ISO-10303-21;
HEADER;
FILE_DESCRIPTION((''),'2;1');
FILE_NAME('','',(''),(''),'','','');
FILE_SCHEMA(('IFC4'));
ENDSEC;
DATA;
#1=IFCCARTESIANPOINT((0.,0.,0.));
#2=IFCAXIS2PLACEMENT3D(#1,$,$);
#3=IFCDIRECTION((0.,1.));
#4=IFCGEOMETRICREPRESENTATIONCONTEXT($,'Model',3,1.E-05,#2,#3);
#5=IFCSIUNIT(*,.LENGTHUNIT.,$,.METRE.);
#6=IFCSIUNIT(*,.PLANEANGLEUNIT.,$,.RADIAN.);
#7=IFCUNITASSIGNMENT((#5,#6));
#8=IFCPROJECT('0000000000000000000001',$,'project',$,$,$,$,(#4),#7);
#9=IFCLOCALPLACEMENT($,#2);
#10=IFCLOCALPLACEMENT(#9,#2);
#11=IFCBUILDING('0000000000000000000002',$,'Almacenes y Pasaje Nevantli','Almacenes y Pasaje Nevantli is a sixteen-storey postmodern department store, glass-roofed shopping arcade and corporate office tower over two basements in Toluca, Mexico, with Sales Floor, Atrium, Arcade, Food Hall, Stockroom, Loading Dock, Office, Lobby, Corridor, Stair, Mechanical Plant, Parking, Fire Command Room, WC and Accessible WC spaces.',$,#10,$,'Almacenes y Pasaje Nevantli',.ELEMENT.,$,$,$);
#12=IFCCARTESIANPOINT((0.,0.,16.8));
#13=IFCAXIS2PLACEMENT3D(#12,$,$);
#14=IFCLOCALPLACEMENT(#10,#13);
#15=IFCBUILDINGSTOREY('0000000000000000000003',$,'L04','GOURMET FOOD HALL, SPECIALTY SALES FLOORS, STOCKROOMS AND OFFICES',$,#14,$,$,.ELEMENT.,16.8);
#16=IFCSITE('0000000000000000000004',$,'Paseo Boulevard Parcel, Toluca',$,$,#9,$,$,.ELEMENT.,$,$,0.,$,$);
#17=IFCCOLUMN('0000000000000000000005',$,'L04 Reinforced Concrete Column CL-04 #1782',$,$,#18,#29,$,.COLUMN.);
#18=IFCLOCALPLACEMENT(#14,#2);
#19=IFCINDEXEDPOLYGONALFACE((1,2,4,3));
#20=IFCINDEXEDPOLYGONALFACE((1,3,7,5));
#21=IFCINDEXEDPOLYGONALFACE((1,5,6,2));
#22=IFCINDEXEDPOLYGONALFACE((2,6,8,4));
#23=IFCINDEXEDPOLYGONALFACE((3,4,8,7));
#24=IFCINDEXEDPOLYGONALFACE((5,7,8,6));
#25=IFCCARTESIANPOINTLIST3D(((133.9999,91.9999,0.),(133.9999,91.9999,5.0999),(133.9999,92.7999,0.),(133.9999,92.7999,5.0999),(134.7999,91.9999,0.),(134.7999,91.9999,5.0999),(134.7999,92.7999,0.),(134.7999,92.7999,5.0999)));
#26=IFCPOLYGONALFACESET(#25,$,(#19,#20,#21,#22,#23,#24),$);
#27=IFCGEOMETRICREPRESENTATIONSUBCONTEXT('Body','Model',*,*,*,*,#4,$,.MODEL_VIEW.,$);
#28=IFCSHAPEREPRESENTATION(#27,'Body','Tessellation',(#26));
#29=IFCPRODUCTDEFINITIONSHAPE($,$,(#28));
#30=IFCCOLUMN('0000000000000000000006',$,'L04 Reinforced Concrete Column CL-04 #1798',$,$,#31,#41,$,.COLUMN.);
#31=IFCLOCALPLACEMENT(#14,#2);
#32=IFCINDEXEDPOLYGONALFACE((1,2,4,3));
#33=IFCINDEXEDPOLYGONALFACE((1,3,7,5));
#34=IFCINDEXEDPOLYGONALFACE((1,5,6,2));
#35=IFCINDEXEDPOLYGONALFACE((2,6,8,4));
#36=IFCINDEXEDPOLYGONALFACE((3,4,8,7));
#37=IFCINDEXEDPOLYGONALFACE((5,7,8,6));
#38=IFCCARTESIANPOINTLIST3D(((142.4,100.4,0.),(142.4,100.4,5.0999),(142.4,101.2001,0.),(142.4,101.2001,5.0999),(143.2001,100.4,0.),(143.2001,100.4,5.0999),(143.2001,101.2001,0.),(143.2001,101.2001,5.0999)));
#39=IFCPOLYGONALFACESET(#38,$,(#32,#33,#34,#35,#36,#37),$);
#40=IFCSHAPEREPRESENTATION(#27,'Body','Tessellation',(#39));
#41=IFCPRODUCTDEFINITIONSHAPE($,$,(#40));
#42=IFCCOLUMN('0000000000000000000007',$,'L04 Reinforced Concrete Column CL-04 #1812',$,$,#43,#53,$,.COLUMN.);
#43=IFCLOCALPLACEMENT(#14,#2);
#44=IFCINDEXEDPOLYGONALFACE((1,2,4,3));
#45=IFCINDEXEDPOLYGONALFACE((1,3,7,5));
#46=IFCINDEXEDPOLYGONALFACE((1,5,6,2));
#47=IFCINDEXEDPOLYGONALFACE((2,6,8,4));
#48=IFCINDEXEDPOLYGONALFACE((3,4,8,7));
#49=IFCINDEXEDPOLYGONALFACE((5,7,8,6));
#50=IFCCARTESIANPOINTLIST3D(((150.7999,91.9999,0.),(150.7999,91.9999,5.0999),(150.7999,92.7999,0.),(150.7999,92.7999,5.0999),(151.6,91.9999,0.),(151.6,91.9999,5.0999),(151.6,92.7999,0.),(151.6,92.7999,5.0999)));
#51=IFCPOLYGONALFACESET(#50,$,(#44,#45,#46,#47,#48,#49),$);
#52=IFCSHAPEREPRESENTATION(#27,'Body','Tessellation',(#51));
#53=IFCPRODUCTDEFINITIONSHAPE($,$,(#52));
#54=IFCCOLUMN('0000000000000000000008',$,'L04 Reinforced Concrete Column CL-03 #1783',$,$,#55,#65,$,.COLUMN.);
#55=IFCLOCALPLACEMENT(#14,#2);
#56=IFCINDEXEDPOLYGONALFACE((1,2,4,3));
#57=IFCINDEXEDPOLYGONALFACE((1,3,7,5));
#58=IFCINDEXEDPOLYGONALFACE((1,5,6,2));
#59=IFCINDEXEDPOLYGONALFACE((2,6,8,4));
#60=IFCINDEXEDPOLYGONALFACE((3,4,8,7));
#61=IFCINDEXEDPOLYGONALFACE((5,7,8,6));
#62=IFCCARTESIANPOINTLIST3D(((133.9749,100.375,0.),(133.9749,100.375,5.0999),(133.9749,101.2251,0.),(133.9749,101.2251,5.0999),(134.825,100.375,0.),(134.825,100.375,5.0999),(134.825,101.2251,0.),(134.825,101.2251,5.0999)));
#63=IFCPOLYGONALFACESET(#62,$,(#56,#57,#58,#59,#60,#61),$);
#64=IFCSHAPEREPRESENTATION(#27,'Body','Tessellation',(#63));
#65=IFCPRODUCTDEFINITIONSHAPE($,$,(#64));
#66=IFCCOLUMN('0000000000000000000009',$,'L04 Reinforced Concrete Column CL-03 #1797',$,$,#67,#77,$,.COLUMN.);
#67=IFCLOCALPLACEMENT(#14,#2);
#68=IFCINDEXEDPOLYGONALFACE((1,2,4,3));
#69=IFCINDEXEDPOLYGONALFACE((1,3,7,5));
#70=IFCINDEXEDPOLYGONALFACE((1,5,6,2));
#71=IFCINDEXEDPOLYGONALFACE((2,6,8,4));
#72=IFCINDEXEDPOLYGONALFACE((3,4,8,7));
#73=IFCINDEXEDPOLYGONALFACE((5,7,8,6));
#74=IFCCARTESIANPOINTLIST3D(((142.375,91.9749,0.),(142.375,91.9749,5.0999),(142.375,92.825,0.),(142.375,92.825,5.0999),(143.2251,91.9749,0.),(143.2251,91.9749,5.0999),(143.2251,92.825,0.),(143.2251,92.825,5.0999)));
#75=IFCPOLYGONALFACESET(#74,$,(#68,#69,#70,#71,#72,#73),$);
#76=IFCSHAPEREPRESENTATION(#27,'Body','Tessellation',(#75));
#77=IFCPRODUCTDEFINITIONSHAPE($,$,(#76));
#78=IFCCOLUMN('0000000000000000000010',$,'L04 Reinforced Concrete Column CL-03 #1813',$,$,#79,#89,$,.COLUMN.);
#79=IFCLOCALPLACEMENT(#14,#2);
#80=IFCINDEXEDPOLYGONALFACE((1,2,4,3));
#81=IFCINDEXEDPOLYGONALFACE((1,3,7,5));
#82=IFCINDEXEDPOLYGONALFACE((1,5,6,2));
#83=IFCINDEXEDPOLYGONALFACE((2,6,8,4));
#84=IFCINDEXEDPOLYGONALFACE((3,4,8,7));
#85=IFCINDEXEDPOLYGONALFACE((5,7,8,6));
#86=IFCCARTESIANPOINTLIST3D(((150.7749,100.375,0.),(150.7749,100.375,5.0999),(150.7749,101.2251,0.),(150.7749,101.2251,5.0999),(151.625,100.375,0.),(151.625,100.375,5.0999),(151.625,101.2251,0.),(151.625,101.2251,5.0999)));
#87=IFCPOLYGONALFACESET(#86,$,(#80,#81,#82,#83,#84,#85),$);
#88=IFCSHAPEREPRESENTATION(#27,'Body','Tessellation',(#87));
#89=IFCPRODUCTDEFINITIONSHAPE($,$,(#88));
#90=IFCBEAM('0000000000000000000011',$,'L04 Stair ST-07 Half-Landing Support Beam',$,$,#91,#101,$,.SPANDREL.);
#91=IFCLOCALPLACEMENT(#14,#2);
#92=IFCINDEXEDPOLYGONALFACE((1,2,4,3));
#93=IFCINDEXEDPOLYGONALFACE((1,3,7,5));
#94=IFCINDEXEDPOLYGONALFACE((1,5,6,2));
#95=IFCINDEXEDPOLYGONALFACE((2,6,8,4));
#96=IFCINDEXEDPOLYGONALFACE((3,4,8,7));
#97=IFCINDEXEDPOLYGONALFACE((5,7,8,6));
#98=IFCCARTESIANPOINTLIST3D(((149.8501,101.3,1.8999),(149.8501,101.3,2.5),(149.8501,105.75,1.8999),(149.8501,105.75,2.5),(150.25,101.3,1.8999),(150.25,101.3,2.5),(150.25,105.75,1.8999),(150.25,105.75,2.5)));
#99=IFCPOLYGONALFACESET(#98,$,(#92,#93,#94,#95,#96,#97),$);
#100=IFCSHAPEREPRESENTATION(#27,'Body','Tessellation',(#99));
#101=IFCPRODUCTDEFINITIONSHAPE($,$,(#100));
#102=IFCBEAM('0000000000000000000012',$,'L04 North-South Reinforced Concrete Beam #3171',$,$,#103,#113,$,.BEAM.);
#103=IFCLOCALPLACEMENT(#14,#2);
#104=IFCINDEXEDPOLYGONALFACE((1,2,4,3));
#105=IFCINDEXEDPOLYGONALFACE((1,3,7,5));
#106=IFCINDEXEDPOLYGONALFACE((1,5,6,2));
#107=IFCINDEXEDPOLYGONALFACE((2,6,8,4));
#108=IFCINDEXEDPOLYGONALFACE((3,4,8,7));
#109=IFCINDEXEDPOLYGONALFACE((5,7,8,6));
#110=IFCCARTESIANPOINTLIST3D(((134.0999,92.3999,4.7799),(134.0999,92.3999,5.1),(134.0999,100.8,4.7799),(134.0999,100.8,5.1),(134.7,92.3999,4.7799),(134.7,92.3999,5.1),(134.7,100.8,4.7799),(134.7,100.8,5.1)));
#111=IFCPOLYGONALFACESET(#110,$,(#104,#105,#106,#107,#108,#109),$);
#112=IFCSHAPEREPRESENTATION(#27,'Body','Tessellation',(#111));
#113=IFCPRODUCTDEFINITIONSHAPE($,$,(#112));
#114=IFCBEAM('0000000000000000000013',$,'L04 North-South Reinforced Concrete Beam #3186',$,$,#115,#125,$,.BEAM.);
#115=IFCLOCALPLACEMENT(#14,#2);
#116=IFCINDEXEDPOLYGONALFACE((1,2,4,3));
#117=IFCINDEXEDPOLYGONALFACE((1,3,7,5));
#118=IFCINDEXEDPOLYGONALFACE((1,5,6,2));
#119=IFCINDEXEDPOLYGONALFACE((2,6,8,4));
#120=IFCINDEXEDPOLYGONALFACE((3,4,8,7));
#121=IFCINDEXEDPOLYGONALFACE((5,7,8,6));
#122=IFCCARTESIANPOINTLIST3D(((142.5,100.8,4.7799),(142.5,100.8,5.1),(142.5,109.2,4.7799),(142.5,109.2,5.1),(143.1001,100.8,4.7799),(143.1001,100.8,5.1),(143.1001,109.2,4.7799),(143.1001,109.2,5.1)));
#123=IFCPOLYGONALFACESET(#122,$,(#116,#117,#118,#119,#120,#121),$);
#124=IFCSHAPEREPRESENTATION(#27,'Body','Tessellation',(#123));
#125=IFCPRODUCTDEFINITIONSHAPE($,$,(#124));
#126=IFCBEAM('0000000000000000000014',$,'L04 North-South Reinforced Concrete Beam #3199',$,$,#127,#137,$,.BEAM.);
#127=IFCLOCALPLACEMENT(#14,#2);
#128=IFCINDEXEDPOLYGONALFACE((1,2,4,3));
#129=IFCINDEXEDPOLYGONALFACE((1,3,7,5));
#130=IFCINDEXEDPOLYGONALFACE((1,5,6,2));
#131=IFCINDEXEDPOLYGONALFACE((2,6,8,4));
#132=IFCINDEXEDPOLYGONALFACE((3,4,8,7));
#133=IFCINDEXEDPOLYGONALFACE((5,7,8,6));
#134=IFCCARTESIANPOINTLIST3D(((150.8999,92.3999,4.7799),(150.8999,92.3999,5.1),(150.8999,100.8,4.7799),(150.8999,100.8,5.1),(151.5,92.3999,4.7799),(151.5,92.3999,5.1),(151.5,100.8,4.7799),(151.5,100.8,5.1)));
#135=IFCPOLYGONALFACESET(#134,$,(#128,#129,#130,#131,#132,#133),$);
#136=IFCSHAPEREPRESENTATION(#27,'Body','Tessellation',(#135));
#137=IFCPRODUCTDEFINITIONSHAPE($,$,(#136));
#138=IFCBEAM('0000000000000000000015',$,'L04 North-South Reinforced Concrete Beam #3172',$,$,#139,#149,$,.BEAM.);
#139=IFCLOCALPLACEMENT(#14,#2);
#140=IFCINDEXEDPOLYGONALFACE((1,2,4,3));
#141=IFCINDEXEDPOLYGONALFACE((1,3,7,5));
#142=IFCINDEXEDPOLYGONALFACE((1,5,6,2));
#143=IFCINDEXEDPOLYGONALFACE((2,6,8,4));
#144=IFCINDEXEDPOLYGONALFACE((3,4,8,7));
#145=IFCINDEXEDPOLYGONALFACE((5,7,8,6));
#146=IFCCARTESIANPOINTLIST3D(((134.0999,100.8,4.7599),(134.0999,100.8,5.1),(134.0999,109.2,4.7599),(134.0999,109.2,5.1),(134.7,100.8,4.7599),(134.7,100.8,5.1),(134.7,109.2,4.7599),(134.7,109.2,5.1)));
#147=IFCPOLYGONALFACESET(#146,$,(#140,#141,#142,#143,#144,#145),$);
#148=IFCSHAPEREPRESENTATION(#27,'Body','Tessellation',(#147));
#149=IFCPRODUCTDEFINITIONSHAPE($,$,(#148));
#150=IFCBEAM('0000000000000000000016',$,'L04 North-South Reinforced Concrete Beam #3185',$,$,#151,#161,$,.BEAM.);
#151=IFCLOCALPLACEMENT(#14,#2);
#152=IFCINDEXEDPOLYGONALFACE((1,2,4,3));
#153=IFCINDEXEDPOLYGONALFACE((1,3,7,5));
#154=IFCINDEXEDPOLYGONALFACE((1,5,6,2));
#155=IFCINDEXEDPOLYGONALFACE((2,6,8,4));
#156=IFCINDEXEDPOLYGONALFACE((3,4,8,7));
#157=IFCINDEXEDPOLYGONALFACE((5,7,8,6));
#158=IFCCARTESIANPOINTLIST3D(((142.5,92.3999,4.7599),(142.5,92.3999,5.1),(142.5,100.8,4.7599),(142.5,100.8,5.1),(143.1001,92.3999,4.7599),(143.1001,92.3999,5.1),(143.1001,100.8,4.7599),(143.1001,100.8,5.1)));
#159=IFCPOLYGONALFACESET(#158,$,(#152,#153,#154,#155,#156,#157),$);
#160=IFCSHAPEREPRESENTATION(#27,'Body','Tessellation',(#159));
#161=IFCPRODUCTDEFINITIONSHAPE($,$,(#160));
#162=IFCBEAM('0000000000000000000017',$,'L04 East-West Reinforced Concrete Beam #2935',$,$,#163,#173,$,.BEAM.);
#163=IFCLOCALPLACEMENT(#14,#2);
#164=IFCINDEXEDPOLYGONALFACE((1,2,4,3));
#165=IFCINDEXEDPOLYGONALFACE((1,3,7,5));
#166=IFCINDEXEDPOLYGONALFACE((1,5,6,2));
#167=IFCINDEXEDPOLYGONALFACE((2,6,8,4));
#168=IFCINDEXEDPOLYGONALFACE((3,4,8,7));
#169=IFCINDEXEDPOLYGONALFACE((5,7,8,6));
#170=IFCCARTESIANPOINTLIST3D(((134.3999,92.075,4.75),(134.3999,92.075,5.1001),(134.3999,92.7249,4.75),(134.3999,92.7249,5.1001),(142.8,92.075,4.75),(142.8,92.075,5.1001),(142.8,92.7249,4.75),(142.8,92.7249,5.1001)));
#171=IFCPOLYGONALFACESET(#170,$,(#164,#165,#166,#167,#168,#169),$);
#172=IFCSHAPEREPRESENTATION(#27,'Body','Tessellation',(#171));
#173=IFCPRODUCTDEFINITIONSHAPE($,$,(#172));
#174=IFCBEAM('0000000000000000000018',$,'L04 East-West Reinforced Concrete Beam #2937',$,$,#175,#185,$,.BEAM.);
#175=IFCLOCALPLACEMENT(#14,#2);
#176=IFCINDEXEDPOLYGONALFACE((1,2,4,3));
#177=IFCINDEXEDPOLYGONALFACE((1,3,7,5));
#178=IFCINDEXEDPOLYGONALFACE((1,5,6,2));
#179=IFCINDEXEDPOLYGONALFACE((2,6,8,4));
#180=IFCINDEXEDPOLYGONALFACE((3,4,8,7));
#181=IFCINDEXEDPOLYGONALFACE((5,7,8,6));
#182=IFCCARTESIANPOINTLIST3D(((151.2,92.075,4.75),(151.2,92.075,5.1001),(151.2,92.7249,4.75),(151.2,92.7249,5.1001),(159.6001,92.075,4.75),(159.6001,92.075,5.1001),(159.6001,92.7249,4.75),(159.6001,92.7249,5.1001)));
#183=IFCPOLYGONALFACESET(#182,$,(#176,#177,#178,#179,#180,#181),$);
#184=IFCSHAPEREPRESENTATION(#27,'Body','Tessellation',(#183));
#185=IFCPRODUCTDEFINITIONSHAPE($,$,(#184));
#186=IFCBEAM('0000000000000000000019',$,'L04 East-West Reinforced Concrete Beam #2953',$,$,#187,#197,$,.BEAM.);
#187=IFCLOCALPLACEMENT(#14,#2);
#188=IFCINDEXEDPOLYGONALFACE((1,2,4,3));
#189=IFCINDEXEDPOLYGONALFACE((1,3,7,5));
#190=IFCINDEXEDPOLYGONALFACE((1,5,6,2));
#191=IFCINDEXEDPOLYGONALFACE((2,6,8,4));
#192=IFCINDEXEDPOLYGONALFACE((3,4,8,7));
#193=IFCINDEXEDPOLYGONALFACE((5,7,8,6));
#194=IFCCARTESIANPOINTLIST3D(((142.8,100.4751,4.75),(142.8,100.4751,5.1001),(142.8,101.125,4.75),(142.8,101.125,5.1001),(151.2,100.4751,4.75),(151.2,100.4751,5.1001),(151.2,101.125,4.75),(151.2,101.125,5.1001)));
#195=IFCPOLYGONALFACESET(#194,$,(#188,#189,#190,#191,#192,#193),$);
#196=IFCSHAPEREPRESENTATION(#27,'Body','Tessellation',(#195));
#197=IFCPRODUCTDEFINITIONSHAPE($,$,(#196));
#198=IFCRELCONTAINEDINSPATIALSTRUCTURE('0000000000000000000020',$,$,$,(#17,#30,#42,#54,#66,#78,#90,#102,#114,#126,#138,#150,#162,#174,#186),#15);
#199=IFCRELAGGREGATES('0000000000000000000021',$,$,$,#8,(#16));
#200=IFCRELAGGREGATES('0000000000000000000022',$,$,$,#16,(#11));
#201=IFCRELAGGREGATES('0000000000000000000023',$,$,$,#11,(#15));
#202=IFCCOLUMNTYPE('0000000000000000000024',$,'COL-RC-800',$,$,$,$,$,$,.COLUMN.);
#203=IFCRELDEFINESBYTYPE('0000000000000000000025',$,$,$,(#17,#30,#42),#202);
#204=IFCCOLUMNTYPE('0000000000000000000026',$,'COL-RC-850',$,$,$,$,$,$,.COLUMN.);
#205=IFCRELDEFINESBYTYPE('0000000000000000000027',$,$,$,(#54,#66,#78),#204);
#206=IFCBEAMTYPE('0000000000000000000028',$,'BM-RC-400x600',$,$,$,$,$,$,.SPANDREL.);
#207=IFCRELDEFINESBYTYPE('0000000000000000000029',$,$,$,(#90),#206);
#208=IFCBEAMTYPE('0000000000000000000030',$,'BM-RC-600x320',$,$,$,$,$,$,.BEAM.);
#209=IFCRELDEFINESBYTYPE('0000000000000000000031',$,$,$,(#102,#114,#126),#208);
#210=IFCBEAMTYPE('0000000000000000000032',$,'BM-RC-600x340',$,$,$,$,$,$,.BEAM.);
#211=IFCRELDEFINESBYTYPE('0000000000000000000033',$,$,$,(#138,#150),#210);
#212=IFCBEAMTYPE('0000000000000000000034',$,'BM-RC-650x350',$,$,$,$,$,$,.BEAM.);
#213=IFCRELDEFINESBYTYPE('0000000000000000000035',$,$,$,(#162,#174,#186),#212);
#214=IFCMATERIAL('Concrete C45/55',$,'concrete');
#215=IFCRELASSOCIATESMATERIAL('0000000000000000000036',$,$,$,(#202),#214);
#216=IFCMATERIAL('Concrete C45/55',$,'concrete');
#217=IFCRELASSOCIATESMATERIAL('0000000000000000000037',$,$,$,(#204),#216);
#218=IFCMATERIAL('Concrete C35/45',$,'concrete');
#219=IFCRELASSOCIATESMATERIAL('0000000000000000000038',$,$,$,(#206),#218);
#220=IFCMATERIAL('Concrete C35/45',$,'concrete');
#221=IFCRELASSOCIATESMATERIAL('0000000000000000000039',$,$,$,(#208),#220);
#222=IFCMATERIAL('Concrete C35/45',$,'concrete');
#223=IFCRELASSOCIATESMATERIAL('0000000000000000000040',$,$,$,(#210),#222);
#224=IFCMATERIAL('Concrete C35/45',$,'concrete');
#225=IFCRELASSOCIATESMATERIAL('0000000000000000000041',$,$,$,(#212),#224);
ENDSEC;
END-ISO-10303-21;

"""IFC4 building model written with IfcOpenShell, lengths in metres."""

from ifc_helpers import new_model, si_unit, direction, frame, origin, origin_2d, place, context, subcontext, project, spatial, rectangle, extrude, material, material_profile, profile_set, type_object, element, save


model = new_model("IFC4")

# Units and contexts
model_context = context("Model", 3, precision=1e-05, world=origin(), true_north=direction((0.0, 1.0)))
body_context = subcontext(model_context, "Body", "Model", "MODEL_VIEW")
ifc_project = project(units=[si_unit("LENGTHUNIT", "METRE"), si_unit("PLANEANGLEUNIT", "RADIAN")], contexts=[model_context])

# Site, building, storey
site_placement = place(None, origin())
site = spatial("IfcSite", under=ifc_project, at=site_placement, Name="Paseo Boulevard Parcel, Toluca", CompositionType="ELEMENT", RefElevation=0.0)
building_placement = place(site_placement, origin())
building = spatial("IfcBuilding", under=site, at=building_placement, Name="Almacenes y Pasaje Nevantli", Description="Almacenes y Pasaje Nevantli is a sixteen-storey postmodern department store, glass-roofed shopping arcade and corporate office tower over two basements in Toluca, Mexico, with Sales Floor, Atrium, Arcade, Food Hall, Stockroom, Loading Dock, Office, Lobby, Corridor, Stair, Mechanical Plant, Parking, Fire Command Room, WC and Accessible WC spaces.", LongName="Almacenes y Pasaje Nevantli", CompositionType="ELEMENT")
storey_placement = place(building_placement, frame((0.0, 0.0, 16.8)))
storey = spatial("IfcBuildingStorey", under=building, at=storey_placement, Name="L04", Description="GOURMET FOOD HALL, SPECIALTY SALES FLOORS, STOCKROOMS AND OFFICES", CompositionType="ELEMENT", Elevation=16.8)

# Columns
ifc_material_1 = material(Name="Concrete C45/55", Category="concrete")
ifc_material_profile_1 = material_profile(ifc_material_1, rectangle(XDim=0.8, YDim=0.8, at=origin_2d()), Name="RC-COL-800x800")
ifc_profile_set_1 = profile_set([ifc_material_profile_1], Name="Concrete C45/55")
column_type_1 = type_object("IfcColumnType", Name="COL-RC-800", PredefinedType="COLUMN", material=ifc_profile_set_1)
for number, where, z_axis, x_axis, name in (
    (1, (134.3999, 92.3999, 0.0), (0.0, 0.0, 1.0), (1.0, 0.0, 0.0), "L04 Reinforced Concrete Column CL-04 #1782"),
    (2, (142.8, 100.8, 0.0), (0.0, 0.0, 1.0), (1.0, 0.0, 0.0), "L04 Reinforced Concrete Column CL-04 #1798"),
    (3, (151.2, 92.3999, 0.0), (0.0, 0.0, 1.0), (1.0, 0.0, 0.0), "L04 Reinforced Concrete Column CL-04 #1812"),
):
    element("IfcColumn", number, at=place(storey_placement, frame(where, z_axis=z_axis, x_axis=x_axis)), inside=storey, type_object=column_type_1, Name=name, PredefinedType="COLUMN", context=body_context, shape_type="SweptSolid", body=[
        extrude(rectangle(XDim=0.8, YDim=0.8, at=origin_2d()), origin(), (0.0, 0.0, 1.0), 5.0999),
    ])
ifc_material_2 = material(Name="Concrete C45/55", Category="concrete")
ifc_material_profile_2 = material_profile(ifc_material_2, rectangle(XDim=0.8501, YDim=0.8501, at=origin_2d()), Name="RC-COL-850x850")
ifc_profile_set_2 = profile_set([ifc_material_profile_2], Name="Concrete C45/55")
column_type_2 = type_object("IfcColumnType", Name="COL-RC-850", PredefinedType="COLUMN", material=ifc_profile_set_2)
for number, where, z_axis, x_axis, name in (
    (4, (134.3999, 100.8, 0.0), (0.0, 0.0, 1.0), (1.0, 0.0, 0.0), "L04 Reinforced Concrete Column CL-03 #1783"),
    (5, (142.8, 92.3999, 0.0), (0.0, 0.0, 1.0), (1.0, 0.0, 0.0), "L04 Reinforced Concrete Column CL-03 #1797"),
    (6, (151.2, 100.8, 0.0), (0.0, 0.0, 1.0), (1.0, 0.0, 0.0), "L04 Reinforced Concrete Column CL-03 #1813"),
):
    element("IfcColumn", number, at=place(storey_placement, frame(where, z_axis=z_axis, x_axis=x_axis)), inside=storey, type_object=column_type_2, Name=name, PredefinedType="COLUMN", context=body_context, shape_type="SweptSolid", body=[
        extrude(rectangle(XDim=0.8501, YDim=0.8501, at=origin_2d()), origin(), (0.0, 0.0, 1.0), 5.0999),
    ])

# Beams
ifc_material_3 = material(Name="Concrete C35/45", Category="concrete")
ifc_material_profile_3 = material_profile(ifc_material_3, rectangle(XDim=0.3999, YDim=0.6001, at=origin_2d()), Name="RC-BM-400x600")
ifc_profile_set_3 = profile_set([ifc_material_profile_3], Name="Concrete C35/45")
beam_type_1 = type_object("IfcBeamType", Name="BM-RC-400x600", PredefinedType="SPANDREL", material=ifc_profile_set_3)
beam_1_placement = place(storey_placement, frame((150.05, 101.3, 2.2), z_axis=(0.0, 1.0, 0.0), x_axis=(-1.0, 0.0, 0.0)))
element("IfcBeam", 7, at=beam_1_placement, inside=storey, type_object=beam_type_1, Name="L04 Stair ST-07 Half-Landing Support Beam", PredefinedType="SPANDREL", context=body_context, shape_type="SweptSolid", body=[
    extrude(rectangle(XDim=0.3999, YDim=0.6001, at=origin_2d()), origin(), (0.0, 0.0, 1.0), 4.45),
])
ifc_material_4 = material(Name="Concrete C35/45", Category="concrete")
ifc_material_profile_4 = material_profile(ifc_material_4, rectangle(XDim=0.6001, YDim=0.3201, at=origin_2d()), Name="RC-BM-600x320")
ifc_profile_set_4 = profile_set([ifc_material_profile_4], Name="Concrete C35/45")
beam_type_2 = type_object("IfcBeamType", Name="BM-RC-600x320", PredefinedType="BEAM", material=ifc_profile_set_4)
beam_2_placement = place(storey_placement, frame((134.3999, 92.3999, 4.9399), z_axis=(0.0, 1.0, 0.0), x_axis=(-1.0, 0.0, 0.0)))
element("IfcBeam", 8, at=beam_2_placement, inside=storey, type_object=beam_type_2, Name="L04 North-South Reinforced Concrete Beam #3171", PredefinedType="BEAM", context=body_context, shape_type="SweptSolid", body=[
    extrude(rectangle(XDim=0.6001, YDim=0.3201, at=origin_2d()), origin(), (0.0, 0.0, 1.0), 8.4001),
])
beam_3_placement = place(storey_placement, frame((142.8, 100.8, 4.9399), z_axis=(0.0, 1.0, 0.0), x_axis=(-1.0, 0.0, 0.0)))
element("IfcBeam", 9, at=beam_3_placement, inside=storey, type_object=beam_type_2, Name="L04 North-South Reinforced Concrete Beam #3186", PredefinedType="BEAM", context=body_context, shape_type="SweptSolid", body=[
    extrude(rectangle(XDim=0.6001, YDim=0.3201, at=origin_2d()), origin(), (0.0, 0.0, 1.0), 8.3999),
])
beam_4_placement = place(storey_placement, frame((151.2, 92.3999, 4.9399), z_axis=(0.0, 1.0, 0.0), x_axis=(-1.0, 0.0, 0.0)))
element("IfcBeam", 10, at=beam_4_placement, inside=storey, type_object=beam_type_2, Name="L04 North-South Reinforced Concrete Beam #3199", PredefinedType="BEAM", context=body_context, shape_type="SweptSolid", body=[
    extrude(rectangle(XDim=0.6001, YDim=0.3201, at=origin_2d()), origin(), (0.0, 0.0, 1.0), 8.4001),
])
ifc_material_5 = material(Name="Concrete C35/45", Category="concrete")
ifc_material_profile_5 = material_profile(ifc_material_5, rectangle(XDim=0.6001, YDim=0.3401, at=origin_2d()), Name="RC-BM-600x340")
ifc_profile_set_5 = profile_set([ifc_material_profile_5], Name="Concrete C35/45")
beam_type_3 = type_object("IfcBeamType", Name="BM-RC-600x340", PredefinedType="BEAM", material=ifc_profile_set_5)
beam_5_placement = place(storey_placement, frame((134.3999, 100.8, 4.9299), z_axis=(0.0, 1.0, 0.0), x_axis=(-1.0, 0.0, 0.0)))
element("IfcBeam", 11, at=beam_5_placement, inside=storey, type_object=beam_type_3, Name="L04 North-South Reinforced Concrete Beam #3172", PredefinedType="BEAM", context=body_context, shape_type="SweptSolid", body=[
    extrude(rectangle(XDim=0.6001, YDim=0.3401, at=origin_2d()), origin(), (0.0, 0.0, 1.0), 8.3999),
])
beam_6_placement = place(storey_placement, frame((142.8, 92.3999, 4.9299), z_axis=(0.0, 1.0, 0.0), x_axis=(-1.0, 0.0, 0.0)))
element("IfcBeam", 12, at=beam_6_placement, inside=storey, type_object=beam_type_3, Name="L04 North-South Reinforced Concrete Beam #3185", PredefinedType="BEAM", context=body_context, shape_type="SweptSolid", body=[
    extrude(rectangle(XDim=0.6001, YDim=0.3401, at=origin_2d()), origin(), (0.0, 0.0, 1.0), 8.4001),
])
ifc_material_6 = material(Name="Concrete C35/45", Category="concrete")
ifc_material_profile_6 = material_profile(ifc_material_6, rectangle(XDim=0.6499, YDim=0.3501, at=origin_2d()), Name="RC-BM-650x350")
ifc_profile_set_6 = profile_set([ifc_material_profile_6], Name="Concrete C35/45")
beam_type_4 = type_object("IfcBeamType", Name="BM-RC-650x350", PredefinedType="BEAM", material=ifc_profile_set_6)
for number, where, z_axis, x_axis, name in (
    (13, (134.3999, 92.3999, 4.925), (1.0, 0.0, 0.0), (0.0, 1.0, 0.0), "L04 East-West Reinforced Concrete Beam #2935"),
    (14, (151.2, 92.3999, 4.925), (1.0, 0.0, 0.0), (0.0, 1.0, 0.0), "L04 East-West Reinforced Concrete Beam #2937"),
):
    element("IfcBeam", number, at=place(storey_placement, frame(where, z_axis=z_axis, x_axis=x_axis)), inside=storey, type_object=beam_type_4, Name=name, PredefinedType="BEAM", context=body_context, shape_type="SweptSolid", body=[
        extrude(rectangle(XDim=0.6499, YDim=0.3501, at=origin_2d()), origin(), (0.0, 0.0, 1.0), 8.4001),
    ])
beam_7_placement = place(storey_placement, frame((142.8, 100.8, 4.925), z_axis=(1.0, 0.0, 0.0), x_axis=(0.0, 1.0, 0.0)))
element("IfcBeam", 15, at=beam_7_placement, inside=storey, type_object=beam_type_4, Name="L04 East-West Reinforced Concrete Beam #2953", PredefinedType="BEAM", context=body_context, shape_type="SweptSolid", body=[
    extrude(rectangle(XDim=0.6499, YDim=0.3501, at=origin_2d()), origin(), (0.0, 0.0, 1.0), 8.3999),
])

save(model, "model.ifc")
